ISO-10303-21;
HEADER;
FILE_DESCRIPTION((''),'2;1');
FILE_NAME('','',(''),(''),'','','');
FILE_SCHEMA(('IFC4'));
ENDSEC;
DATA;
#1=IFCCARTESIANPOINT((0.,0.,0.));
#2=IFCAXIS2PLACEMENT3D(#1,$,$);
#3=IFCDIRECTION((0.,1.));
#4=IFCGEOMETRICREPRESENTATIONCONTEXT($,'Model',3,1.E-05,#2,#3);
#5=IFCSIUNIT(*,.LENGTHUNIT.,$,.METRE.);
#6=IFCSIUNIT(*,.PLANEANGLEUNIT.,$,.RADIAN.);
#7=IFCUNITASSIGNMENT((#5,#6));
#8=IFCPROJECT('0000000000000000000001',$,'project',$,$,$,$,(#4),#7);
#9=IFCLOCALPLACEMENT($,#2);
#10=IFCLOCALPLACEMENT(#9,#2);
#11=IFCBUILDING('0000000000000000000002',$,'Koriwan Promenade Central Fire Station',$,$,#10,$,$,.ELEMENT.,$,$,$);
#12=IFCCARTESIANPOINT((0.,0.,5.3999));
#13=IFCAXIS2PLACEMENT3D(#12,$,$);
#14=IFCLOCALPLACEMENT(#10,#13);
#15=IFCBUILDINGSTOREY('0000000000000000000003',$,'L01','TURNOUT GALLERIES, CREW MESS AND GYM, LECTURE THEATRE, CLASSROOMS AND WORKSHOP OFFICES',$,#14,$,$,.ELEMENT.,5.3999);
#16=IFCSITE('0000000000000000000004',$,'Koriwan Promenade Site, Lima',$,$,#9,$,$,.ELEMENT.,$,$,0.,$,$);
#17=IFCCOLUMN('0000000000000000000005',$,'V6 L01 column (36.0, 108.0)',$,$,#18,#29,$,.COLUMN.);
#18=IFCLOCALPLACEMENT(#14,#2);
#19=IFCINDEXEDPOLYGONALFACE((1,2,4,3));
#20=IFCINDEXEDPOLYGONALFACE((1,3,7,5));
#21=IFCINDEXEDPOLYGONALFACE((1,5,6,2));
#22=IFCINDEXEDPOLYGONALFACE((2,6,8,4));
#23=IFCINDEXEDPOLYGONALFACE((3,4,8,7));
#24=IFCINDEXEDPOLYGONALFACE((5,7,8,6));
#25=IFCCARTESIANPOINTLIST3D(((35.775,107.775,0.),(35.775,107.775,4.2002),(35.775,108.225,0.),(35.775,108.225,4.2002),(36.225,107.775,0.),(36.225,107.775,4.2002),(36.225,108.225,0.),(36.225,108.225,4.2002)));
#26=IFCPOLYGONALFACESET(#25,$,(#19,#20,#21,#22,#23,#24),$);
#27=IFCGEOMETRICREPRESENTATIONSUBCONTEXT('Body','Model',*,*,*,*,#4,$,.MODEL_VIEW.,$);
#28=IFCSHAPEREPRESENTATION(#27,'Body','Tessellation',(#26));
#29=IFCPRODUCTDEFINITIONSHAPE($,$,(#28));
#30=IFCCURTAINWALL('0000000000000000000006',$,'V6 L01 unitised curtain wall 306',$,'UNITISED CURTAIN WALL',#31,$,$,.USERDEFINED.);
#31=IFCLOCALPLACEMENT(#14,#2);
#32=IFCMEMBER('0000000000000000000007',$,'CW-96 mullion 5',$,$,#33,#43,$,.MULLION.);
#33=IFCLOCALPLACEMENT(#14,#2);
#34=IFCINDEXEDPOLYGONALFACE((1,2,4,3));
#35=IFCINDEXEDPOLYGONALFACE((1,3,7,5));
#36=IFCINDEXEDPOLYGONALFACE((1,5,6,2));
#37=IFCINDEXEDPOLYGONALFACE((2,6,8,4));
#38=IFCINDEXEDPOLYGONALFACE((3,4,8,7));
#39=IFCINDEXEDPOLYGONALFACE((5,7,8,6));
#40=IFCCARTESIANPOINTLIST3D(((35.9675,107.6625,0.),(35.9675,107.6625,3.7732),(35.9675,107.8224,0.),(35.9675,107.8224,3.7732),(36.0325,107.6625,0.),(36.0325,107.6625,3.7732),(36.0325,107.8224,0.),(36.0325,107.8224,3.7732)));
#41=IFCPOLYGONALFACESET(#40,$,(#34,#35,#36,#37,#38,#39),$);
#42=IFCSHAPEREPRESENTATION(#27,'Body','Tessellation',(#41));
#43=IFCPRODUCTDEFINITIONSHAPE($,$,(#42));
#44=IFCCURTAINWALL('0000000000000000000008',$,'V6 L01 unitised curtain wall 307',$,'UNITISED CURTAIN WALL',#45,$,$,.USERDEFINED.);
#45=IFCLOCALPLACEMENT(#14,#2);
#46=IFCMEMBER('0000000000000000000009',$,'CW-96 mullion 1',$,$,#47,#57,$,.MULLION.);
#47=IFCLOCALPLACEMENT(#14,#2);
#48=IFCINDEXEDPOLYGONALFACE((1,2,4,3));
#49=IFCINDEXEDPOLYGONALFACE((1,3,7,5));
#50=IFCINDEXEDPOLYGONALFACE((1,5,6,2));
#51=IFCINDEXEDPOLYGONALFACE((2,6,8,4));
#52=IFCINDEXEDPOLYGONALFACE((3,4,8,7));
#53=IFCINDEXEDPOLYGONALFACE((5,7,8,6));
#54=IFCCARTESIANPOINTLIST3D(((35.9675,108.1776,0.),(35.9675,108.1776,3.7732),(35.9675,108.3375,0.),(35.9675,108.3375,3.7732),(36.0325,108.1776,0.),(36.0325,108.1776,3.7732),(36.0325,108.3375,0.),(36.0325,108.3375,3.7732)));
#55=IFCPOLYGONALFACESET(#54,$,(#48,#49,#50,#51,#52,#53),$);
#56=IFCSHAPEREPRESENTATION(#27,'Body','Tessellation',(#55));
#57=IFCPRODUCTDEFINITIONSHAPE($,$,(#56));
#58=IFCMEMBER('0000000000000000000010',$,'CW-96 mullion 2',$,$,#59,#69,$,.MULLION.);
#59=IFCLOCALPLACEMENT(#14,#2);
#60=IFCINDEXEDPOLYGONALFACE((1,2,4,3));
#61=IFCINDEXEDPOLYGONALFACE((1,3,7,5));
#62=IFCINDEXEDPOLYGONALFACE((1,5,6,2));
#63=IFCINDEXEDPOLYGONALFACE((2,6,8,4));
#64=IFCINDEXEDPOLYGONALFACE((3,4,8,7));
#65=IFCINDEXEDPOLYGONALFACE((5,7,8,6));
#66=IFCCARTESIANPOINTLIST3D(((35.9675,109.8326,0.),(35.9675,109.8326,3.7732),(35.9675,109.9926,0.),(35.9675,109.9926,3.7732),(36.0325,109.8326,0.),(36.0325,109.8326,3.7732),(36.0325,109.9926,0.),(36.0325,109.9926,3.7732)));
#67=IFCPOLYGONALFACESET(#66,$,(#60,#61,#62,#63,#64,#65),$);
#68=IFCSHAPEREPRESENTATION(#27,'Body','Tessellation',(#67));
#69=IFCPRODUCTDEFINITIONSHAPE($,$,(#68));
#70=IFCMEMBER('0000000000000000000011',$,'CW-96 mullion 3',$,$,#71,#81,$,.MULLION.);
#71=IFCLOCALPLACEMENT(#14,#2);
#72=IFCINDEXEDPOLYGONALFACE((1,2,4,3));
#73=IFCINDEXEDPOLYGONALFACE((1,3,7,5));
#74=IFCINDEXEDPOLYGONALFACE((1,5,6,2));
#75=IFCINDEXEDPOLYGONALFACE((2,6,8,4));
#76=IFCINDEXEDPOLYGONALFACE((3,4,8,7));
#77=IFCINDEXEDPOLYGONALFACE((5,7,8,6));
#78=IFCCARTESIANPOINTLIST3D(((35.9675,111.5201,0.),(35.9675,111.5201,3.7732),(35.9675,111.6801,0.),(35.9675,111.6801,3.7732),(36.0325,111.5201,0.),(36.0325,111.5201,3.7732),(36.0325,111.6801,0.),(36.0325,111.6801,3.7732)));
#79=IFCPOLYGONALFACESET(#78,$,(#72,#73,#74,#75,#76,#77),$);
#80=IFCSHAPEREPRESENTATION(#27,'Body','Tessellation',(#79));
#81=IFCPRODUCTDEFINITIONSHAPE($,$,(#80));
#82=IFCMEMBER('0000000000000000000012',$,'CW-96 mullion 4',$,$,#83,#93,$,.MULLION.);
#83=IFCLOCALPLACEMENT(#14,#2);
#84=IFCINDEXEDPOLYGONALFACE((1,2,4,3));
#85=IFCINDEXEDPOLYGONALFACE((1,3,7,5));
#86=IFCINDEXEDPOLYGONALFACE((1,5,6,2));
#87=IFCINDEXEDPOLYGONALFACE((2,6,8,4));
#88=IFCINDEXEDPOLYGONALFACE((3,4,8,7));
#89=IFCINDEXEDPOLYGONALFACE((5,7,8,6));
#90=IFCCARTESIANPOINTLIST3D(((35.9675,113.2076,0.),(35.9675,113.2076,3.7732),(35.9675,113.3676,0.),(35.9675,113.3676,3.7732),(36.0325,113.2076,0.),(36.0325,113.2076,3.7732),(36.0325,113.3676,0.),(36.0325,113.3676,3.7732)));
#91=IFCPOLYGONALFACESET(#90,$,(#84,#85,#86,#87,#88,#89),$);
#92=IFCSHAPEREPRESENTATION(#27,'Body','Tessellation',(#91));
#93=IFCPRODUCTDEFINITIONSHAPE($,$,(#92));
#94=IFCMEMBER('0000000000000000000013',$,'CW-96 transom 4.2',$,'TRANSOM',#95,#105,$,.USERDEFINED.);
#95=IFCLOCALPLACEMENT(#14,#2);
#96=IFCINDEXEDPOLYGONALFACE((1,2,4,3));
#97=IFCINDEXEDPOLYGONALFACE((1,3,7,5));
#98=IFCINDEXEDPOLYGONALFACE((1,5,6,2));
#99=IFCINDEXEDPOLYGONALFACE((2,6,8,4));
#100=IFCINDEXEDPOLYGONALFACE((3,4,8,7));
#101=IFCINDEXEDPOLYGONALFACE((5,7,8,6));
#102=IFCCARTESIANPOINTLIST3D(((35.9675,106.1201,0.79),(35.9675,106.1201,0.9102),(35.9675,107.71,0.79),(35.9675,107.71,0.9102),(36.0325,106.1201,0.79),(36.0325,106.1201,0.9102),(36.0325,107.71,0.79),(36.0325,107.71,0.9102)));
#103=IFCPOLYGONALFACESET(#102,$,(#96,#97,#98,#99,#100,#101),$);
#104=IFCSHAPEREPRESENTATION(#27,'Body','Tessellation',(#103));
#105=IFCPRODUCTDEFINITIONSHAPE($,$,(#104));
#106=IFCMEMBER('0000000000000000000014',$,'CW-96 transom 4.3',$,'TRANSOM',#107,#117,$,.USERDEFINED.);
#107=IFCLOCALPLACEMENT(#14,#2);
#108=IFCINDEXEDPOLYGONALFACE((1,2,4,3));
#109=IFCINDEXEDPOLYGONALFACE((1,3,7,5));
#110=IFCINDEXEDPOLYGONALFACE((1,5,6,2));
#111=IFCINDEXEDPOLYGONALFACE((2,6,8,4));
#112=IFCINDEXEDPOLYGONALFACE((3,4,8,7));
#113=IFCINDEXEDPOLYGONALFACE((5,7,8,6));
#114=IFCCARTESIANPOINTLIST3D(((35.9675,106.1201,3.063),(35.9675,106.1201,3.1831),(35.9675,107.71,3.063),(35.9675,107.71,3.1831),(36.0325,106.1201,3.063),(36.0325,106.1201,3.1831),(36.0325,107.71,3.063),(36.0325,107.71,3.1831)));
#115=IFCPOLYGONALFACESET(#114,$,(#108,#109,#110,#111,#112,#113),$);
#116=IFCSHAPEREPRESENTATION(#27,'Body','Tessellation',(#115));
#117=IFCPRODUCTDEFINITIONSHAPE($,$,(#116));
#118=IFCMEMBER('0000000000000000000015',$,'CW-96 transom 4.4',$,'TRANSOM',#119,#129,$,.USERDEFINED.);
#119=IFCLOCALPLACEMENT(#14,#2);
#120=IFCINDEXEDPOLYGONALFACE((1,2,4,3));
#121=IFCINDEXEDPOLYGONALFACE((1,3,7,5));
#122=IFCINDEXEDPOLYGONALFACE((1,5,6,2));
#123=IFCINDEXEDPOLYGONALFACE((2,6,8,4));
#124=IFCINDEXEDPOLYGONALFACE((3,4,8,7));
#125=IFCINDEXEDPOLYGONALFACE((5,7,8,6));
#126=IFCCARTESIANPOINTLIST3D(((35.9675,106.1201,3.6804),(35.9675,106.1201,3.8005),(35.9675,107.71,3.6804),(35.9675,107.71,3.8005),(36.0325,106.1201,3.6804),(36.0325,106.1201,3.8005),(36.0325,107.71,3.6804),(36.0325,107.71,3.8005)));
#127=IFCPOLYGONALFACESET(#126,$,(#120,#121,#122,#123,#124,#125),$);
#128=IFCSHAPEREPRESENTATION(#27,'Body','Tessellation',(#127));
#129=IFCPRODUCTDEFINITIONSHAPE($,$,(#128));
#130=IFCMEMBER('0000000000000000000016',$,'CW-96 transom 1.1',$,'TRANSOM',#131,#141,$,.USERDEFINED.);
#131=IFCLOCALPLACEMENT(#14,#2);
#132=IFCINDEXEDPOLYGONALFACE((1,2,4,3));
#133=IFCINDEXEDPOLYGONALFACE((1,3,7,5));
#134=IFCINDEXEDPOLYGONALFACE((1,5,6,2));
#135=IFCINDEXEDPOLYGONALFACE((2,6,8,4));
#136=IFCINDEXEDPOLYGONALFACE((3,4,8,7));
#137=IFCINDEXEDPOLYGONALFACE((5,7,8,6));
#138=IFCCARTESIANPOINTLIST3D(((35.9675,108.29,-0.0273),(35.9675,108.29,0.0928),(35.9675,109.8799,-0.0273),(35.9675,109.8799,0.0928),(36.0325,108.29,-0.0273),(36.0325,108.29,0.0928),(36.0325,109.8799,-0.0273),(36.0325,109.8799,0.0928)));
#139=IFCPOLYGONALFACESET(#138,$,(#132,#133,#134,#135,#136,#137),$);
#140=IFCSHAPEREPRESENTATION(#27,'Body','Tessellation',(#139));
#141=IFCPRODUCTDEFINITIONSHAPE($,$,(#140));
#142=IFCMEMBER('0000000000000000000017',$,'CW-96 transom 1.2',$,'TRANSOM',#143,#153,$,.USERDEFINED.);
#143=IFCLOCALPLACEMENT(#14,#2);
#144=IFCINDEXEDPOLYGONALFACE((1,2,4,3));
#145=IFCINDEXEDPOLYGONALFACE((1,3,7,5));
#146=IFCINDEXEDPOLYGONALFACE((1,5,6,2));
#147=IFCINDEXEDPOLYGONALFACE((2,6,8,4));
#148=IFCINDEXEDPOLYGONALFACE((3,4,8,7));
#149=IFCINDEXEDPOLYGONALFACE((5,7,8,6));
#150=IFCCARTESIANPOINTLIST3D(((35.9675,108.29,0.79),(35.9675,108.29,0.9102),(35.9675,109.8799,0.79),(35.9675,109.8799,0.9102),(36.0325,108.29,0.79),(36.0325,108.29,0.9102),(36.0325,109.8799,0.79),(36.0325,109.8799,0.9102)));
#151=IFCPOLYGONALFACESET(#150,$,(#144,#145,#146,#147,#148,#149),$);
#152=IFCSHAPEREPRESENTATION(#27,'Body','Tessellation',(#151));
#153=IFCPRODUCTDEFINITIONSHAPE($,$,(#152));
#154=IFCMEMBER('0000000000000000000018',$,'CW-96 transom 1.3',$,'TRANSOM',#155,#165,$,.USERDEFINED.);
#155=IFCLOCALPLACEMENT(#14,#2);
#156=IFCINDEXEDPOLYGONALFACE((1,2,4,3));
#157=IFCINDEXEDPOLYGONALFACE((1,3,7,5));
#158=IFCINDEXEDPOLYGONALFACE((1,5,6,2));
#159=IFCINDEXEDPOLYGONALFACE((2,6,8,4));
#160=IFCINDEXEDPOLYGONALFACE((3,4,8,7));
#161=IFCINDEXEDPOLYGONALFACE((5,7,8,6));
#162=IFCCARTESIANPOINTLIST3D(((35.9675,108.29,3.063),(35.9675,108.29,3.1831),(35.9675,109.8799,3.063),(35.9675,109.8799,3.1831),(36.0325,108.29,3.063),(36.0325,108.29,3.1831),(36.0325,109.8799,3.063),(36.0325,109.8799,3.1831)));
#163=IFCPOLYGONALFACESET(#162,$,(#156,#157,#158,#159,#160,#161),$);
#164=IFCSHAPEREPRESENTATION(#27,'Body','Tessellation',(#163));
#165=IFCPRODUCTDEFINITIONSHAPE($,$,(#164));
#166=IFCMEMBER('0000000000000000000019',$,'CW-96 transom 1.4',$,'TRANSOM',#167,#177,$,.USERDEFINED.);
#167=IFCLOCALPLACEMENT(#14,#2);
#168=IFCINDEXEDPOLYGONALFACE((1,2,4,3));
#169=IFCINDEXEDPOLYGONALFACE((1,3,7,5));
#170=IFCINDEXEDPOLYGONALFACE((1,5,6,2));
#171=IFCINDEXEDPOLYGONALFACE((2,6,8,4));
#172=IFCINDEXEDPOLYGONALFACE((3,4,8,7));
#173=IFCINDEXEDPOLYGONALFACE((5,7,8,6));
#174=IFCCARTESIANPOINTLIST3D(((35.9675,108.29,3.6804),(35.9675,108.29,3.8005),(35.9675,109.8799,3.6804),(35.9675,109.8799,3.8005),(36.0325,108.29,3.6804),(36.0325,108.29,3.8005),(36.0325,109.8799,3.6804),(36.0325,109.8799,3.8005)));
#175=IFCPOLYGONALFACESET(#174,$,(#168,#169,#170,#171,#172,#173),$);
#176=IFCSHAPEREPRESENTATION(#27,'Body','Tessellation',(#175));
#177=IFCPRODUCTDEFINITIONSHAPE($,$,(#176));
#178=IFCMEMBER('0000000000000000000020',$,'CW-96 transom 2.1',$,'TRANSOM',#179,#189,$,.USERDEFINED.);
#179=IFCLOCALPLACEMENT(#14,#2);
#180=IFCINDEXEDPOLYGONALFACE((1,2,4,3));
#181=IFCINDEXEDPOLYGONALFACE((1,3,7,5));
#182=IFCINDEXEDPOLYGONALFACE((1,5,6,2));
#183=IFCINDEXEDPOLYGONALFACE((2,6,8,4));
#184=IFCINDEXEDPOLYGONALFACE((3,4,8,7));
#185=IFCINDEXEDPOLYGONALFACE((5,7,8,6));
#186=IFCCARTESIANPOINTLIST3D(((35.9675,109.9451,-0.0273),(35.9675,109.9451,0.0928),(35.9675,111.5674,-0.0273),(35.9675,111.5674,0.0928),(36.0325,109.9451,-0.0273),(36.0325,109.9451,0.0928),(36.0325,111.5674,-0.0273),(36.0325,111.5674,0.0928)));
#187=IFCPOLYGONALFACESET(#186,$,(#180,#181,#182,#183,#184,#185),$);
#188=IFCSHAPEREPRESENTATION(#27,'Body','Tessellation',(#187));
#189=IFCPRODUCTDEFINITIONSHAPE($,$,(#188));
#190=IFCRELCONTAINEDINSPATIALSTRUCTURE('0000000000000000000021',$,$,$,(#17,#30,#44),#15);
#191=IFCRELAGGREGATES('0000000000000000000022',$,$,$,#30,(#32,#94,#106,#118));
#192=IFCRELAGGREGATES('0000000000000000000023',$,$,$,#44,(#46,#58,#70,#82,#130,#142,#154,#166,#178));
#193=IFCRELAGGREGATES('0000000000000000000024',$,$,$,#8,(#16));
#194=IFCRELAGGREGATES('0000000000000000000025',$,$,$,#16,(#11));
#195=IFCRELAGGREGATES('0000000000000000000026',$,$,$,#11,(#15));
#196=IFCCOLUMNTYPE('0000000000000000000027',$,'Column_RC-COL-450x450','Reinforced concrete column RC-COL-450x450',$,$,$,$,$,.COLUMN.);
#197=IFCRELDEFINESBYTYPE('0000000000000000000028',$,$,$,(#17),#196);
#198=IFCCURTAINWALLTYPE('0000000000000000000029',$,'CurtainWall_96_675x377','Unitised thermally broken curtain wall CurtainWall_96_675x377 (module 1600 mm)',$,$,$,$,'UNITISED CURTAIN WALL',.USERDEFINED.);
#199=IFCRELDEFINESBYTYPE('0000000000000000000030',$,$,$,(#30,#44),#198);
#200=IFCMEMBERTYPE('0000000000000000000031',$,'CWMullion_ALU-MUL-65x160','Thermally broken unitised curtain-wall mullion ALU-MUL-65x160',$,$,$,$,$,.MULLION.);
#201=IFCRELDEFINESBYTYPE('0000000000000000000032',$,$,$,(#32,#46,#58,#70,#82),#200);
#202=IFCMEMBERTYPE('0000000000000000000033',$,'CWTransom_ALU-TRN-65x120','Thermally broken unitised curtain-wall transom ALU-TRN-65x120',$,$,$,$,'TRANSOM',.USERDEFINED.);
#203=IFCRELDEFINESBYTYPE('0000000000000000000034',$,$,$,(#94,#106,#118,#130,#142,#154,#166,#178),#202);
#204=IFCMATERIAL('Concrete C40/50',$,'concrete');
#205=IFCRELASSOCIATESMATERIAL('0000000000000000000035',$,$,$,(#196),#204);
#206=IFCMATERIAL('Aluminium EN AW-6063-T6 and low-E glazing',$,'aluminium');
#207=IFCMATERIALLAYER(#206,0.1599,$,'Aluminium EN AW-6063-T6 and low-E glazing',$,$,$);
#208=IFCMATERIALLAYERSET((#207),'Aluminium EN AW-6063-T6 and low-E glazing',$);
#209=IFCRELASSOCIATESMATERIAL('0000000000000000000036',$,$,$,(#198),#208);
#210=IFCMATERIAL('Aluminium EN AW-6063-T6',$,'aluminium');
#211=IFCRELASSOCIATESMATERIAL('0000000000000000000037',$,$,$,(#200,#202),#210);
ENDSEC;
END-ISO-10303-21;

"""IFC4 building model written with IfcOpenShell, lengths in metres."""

from ifc_helpers import new_model, si_unit, direction, frame, origin, origin_2d, place, context, subcontext, project, spatial, rectangle, extrude, material, layer, layer_set, material_profile, profile_set, type_object, element, aggregate, save


model = new_model("IFC4")

# Units and contexts
model_context = context("Model", 3, precision=1e-05, world=origin(), true_north=direction((0.0, 1.0)))
body_context = subcontext(model_context, "Body", "Model", "MODEL_VIEW")
ifc_project = project(units=[si_unit("LENGTHUNIT", "METRE"), si_unit("PLANEANGLEUNIT", "RADIAN")], contexts=[model_context])

# Site, building, storey
site_placement = place(None, origin())
site = spatial("IfcSite", under=ifc_project, at=site_placement, Name="Koriwan Promenade Site, Lima", CompositionType="ELEMENT", RefElevation=0.0)
building_placement = place(site_placement, origin())
building = spatial("IfcBuilding", under=site, at=building_placement, Name="Koriwan Promenade Central Fire Station", CompositionType="ELEMENT")
storey_placement = place(building_placement, frame((0.0, 0.0, 5.3999)))
storey = spatial("IfcBuildingStorey", under=building, at=storey_placement, Name="L01", Description="TURNOUT GALLERIES, CREW MESS AND GYM, LECTURE THEATRE, CLASSROOMS AND WORKSHOP OFFICES", CompositionType="ELEMENT", Elevation=5.3999)

# Column
ifc_material_1 = material(Name="Concrete C40/50", Category="concrete")
ifc_material_profile_1 = material_profile(ifc_material_1, rectangle(XDim=0.45, YDim=0.45, at=origin_2d()), Name="RC-COL-450x450")
ifc_profile_set_1 = profile_set([ifc_material_profile_1], Name="Concrete C40/50")
column_type = type_object("IfcColumnType", Name="Column_RC-COL-450x450", Description="Reinforced concrete column RC-COL-450x450", PredefinedType="COLUMN", material=ifc_profile_set_1)
column_placement = place(storey_placement, frame((36.0, 108.0, 0.0), z_axis=(0.0, 0.0, 1.0), x_axis=(1.0, 0.0, 0.0)))
element("IfcColumn", 1, at=column_placement, inside=storey, type_object=column_type, Name="V6 L01 column (36.0, 108.0)", PredefinedType="COLUMN", context=body_context, shape_type="SweptSolid", body=[
    extrude(rectangle(XDim=0.45, YDim=0.45, at=origin_2d()), origin(), (0.0, 0.0, 1.0), 4.2002),
])

# Curtain wall, member
ifc_material_2 = material(Name="Aluminium EN AW-6063-T6 and low-E glazing", Category="aluminium")
ifc_layer_1 = layer(ifc_material_2, 0.1599, Name="Aluminium EN AW-6063-T6 and low-E glazing")
ifc_layer_set_1 = layer_set([ifc_layer_1], Name="Aluminium EN AW-6063-T6 and low-E glazing")
curtain_wall_type = type_object("IfcCurtainWallType", Name="CurtainWall_96_675x377", Description="Unitised thermally broken curtain wall CurtainWall_96_675x377 (module 1600 mm)", ElementType="UNITISED CURTAIN WALL", PredefinedType="USERDEFINED", material=ifc_layer_set_1)
curtain_wall_1_placement = place(storey_placement, origin())
curtain_wall_1 = element("IfcCurtainWall", 2, at=curtain_wall_1_placement, inside=storey, type_object=curtain_wall_type, Name="V6 L01 unitised curtain wall 306", ObjectType="UNITISED CURTAIN WALL", PredefinedType="USERDEFINED")
ifc_material_3 = material(Name="Aluminium EN AW-6063-T6", Category="aluminium")
ifc_material_profile_2 = material_profile(ifc_material_3, rectangle(XDim=0.0649, YDim=0.1599, at=origin_2d()), Name="ALU-MUL-65x160")
ifc_profile_set_2 = profile_set([ifc_material_profile_2], Name="Aluminium EN AW-6063-T6")
member_type_1 = type_object("IfcMemberType", Name="CWMullion_ALU-MUL-65x160", Description="Thermally broken unitised curtain-wall mullion ALU-MUL-65x160", PredefinedType="MULLION", material=ifc_profile_set_2)
member_1_placement = place(storey_placement, frame((36.0, 107.7424, 0.0), z_axis=(0.0, 0.0, 1.0), x_axis=(-1.0, 0.0, 0.0)))
member_1 = element("IfcMember", 3, at=member_1_placement, type_object=member_type_1, Name="CW-96 mullion 5", PredefinedType="MULLION", context=body_context, shape_type="SweptSolid", body=[
    extrude(rectangle(XDim=0.0649, YDim=0.1599, at=origin_2d()), origin(), (0.0, 0.0, 1.0), 3.7732),
])

# Curtain wall, members
curtain_wall_2_placement = place(storey_placement, origin())
curtain_wall_2 = element("IfcCurtainWall", 4, at=curtain_wall_2_placement, inside=storey, type_object=curtain_wall_type, Name="V6 L01 unitised curtain wall 307", ObjectType="UNITISED CURTAIN WALL", PredefinedType="USERDEFINED")
member_2_placement = place(storey_placement, frame((36.0, 108.2576, 0.0), z_axis=(0.0, 0.0, 1.0), x_axis=(-1.0, 0.0, 0.0)))
member_2 = element("IfcMember", 5, at=member_2_placement, type_object=member_type_1, Name="CW-96 mullion 1", PredefinedType="MULLION", context=body_context, shape_type="SweptSolid", body=[
    extrude(rectangle(XDim=0.0649, YDim=0.1599, at=origin_2d()), origin(), (0.0, 0.0, 1.0), 3.7732),
])
member_3_placement = place(storey_placement, frame((36.0, 109.9126, 0.0), z_axis=(0.0, 0.0, 1.0), x_axis=(-1.0, 0.0, 0.0)))
member_3 = element("IfcMember", 6, at=member_3_placement, type_object=member_type_1, Name="CW-96 mullion 2", PredefinedType="MULLION", context=body_context, shape_type="SweptSolid", body=[
    extrude(rectangle(XDim=0.0649, YDim=0.1599, at=origin_2d()), origin(), (0.0, 0.0, 1.0), 3.7732),
])
member_4_placement = place(storey_placement, frame((36.0, 111.6001, 0.0), z_axis=(0.0, 0.0, 1.0), x_axis=(-1.0, 0.0, 0.0)))
member_4 = element("IfcMember", 7, at=member_4_placement, type_object=member_type_1, Name="CW-96 mullion 3", PredefinedType="MULLION", context=body_context, shape_type="SweptSolid", body=[
    extrude(rectangle(XDim=0.0649, YDim=0.1599, at=origin_2d()), origin(), (0.0, 0.0, 1.0), 3.7732),
])
member_5_placement = place(storey_placement, frame((36.0, 113.2876, 0.0), z_axis=(0.0, 0.0, 1.0), x_axis=(-1.0, 0.0, 0.0)))
member_5 = element("IfcMember", 8, at=member_5_placement, type_object=member_type_1, Name="CW-96 mullion 4", PredefinedType="MULLION", context=body_context, shape_type="SweptSolid", body=[
    extrude(rectangle(XDim=0.0649, YDim=0.1599, at=origin_2d()), origin(), (0.0, 0.0, 1.0), 3.7732),
])

# Members
ifc_material_profile_3 = material_profile(ifc_material_3, rectangle(XDim=0.0649, YDim=0.1201, at=origin_2d()), Name="ALU-TRN-65x120")
ifc_profile_set_3 = profile_set([ifc_material_profile_3], Name="Aluminium EN AW-6063-T6")
member_type_2 = type_object("IfcMemberType", Name="CWTransom_ALU-TRN-65x120", Description="Thermally broken unitised curtain-wall transom ALU-TRN-65x120", ElementType="TRANSOM", PredefinedType="USERDEFINED", material=ifc_profile_set_3)
member_6_placement = place(storey_placement, frame((36.0, 106.1201, 0.8501), z_axis=(0.0, 1.0, 0.0), x_axis=(-1.0, 0.0, 0.0)))
member_6 = element("IfcMember", 9, at=member_6_placement, type_object=member_type_2, Name="CW-96 transom 4.2", ObjectType="TRANSOM", PredefinedType="USERDEFINED", context=body_context, shape_type="SweptSolid", body=[
    extrude(rectangle(XDim=0.0649, YDim=0.1201, at=origin_2d()), origin(), (0.0, 0.0, 1.0), 1.5898),
])
member_7_placement = place(storey_placement, frame((36.0, 106.1201, 3.123), z_axis=(0.0, 1.0, 0.0), x_axis=(-1.0, 0.0, 0.0)))
member_7 = element("IfcMember", 10, at=member_7_placement, type_object=member_type_2, Name="CW-96 transom 4.3", ObjectType="TRANSOM", PredefinedType="USERDEFINED", context=body_context, shape_type="SweptSolid", body=[
    extrude(rectangle(XDim=0.0649, YDim=0.1201, at=origin_2d()), origin(), (0.0, 0.0, 1.0), 1.5898),
])
member_8_placement = place(storey_placement, frame((36.0, 106.1201, 3.7405), z_axis=(0.0, 1.0, 0.0), x_axis=(-1.0, 0.0, 0.0)))
member_8 = element("IfcMember", 11, at=member_8_placement, type_object=member_type_2, Name="CW-96 transom 4.4", ObjectType="TRANSOM", PredefinedType="USERDEFINED", context=body_context, shape_type="SweptSolid", body=[
    extrude(rectangle(XDim=0.0649, YDim=0.1201, at=origin_2d()), origin(), (0.0, 0.0, 1.0), 1.5898),
])
member_9_placement = place(storey_placement, frame((36.0, 108.29, 0.0327), z_axis=(0.0, 1.0, 0.0), x_axis=(-1.0, 0.0, 0.0)))
member_9 = element("IfcMember", 12, at=member_9_placement, type_object=member_type_2, Name="CW-96 transom 1.1", ObjectType="TRANSOM", PredefinedType="USERDEFINED", context=body_context, shape_type="SweptSolid", body=[
    extrude(rectangle(XDim=0.0649, YDim=0.1201, at=origin_2d()), origin(), (0.0, 0.0, 1.0), 1.5898),
])
member_10_placement = place(storey_placement, frame((36.0, 108.29, 0.8501), z_axis=(0.0, 1.0, 0.0), x_axis=(-1.0, 0.0, 0.0)))
member_10 = element("IfcMember", 13, at=member_10_placement, type_object=member_type_2, Name="CW-96 transom 1.2", ObjectType="TRANSOM", PredefinedType="USERDEFINED", context=body_context, shape_type="SweptSolid", body=[
    extrude(rectangle(XDim=0.0649, YDim=0.1201, at=origin_2d()), origin(), (0.0, 0.0, 1.0), 1.5898),
])
member_11_placement = place(storey_placement, frame((36.0, 108.29, 3.123), z_axis=(0.0, 1.0, 0.0), x_axis=(-1.0, 0.0, 0.0)))
member_11 = element("IfcMember", 14, at=member_11_placement, type_object=member_type_2, Name="CW-96 transom 1.3", ObjectType="TRANSOM", PredefinedType="USERDEFINED", context=body_context, shape_type="SweptSolid", body=[
    extrude(rectangle(XDim=0.0649, YDim=0.1201, at=origin_2d()), origin(), (0.0, 0.0, 1.0), 1.5898),
])
member_12_placement = place(storey_placement, frame((36.0, 108.29, 3.7405), z_axis=(0.0, 1.0, 0.0), x_axis=(-1.0, 0.0, 0.0)))
member_12 = element("IfcMember", 15, at=member_12_placement, type_object=member_type_2, Name="CW-96 transom 1.4", ObjectType="TRANSOM", PredefinedType="USERDEFINED", context=body_context, shape_type="SweptSolid", body=[
    extrude(rectangle(XDim=0.0649, YDim=0.1201, at=origin_2d()), origin(), (0.0, 0.0, 1.0), 1.5898),
])
member_13_placement = place(storey_placement, frame((36.0, 109.9451, 0.0327), z_axis=(0.0, 1.0, 0.0), x_axis=(-1.0, 0.0, 0.0)))
member_13 = element("IfcMember", 16, at=member_13_placement, type_object=member_type_2, Name="CW-96 transom 2.1", ObjectType="TRANSOM", PredefinedType="USERDEFINED", context=body_context, shape_type="SweptSolid", body=[
    extrude(rectangle(XDim=0.0649, YDim=0.1201, at=origin_2d()), origin(), (0.0, 0.0, 1.0), 1.6223),
])

aggregate(curtain_wall_1, [member_1, member_6, member_7, member_8])
aggregate(curtain_wall_2, [member_2, member_3, member_4, member_5, member_9, member_10, member_11, member_12, member_13])

save(model, "model.ifc")
